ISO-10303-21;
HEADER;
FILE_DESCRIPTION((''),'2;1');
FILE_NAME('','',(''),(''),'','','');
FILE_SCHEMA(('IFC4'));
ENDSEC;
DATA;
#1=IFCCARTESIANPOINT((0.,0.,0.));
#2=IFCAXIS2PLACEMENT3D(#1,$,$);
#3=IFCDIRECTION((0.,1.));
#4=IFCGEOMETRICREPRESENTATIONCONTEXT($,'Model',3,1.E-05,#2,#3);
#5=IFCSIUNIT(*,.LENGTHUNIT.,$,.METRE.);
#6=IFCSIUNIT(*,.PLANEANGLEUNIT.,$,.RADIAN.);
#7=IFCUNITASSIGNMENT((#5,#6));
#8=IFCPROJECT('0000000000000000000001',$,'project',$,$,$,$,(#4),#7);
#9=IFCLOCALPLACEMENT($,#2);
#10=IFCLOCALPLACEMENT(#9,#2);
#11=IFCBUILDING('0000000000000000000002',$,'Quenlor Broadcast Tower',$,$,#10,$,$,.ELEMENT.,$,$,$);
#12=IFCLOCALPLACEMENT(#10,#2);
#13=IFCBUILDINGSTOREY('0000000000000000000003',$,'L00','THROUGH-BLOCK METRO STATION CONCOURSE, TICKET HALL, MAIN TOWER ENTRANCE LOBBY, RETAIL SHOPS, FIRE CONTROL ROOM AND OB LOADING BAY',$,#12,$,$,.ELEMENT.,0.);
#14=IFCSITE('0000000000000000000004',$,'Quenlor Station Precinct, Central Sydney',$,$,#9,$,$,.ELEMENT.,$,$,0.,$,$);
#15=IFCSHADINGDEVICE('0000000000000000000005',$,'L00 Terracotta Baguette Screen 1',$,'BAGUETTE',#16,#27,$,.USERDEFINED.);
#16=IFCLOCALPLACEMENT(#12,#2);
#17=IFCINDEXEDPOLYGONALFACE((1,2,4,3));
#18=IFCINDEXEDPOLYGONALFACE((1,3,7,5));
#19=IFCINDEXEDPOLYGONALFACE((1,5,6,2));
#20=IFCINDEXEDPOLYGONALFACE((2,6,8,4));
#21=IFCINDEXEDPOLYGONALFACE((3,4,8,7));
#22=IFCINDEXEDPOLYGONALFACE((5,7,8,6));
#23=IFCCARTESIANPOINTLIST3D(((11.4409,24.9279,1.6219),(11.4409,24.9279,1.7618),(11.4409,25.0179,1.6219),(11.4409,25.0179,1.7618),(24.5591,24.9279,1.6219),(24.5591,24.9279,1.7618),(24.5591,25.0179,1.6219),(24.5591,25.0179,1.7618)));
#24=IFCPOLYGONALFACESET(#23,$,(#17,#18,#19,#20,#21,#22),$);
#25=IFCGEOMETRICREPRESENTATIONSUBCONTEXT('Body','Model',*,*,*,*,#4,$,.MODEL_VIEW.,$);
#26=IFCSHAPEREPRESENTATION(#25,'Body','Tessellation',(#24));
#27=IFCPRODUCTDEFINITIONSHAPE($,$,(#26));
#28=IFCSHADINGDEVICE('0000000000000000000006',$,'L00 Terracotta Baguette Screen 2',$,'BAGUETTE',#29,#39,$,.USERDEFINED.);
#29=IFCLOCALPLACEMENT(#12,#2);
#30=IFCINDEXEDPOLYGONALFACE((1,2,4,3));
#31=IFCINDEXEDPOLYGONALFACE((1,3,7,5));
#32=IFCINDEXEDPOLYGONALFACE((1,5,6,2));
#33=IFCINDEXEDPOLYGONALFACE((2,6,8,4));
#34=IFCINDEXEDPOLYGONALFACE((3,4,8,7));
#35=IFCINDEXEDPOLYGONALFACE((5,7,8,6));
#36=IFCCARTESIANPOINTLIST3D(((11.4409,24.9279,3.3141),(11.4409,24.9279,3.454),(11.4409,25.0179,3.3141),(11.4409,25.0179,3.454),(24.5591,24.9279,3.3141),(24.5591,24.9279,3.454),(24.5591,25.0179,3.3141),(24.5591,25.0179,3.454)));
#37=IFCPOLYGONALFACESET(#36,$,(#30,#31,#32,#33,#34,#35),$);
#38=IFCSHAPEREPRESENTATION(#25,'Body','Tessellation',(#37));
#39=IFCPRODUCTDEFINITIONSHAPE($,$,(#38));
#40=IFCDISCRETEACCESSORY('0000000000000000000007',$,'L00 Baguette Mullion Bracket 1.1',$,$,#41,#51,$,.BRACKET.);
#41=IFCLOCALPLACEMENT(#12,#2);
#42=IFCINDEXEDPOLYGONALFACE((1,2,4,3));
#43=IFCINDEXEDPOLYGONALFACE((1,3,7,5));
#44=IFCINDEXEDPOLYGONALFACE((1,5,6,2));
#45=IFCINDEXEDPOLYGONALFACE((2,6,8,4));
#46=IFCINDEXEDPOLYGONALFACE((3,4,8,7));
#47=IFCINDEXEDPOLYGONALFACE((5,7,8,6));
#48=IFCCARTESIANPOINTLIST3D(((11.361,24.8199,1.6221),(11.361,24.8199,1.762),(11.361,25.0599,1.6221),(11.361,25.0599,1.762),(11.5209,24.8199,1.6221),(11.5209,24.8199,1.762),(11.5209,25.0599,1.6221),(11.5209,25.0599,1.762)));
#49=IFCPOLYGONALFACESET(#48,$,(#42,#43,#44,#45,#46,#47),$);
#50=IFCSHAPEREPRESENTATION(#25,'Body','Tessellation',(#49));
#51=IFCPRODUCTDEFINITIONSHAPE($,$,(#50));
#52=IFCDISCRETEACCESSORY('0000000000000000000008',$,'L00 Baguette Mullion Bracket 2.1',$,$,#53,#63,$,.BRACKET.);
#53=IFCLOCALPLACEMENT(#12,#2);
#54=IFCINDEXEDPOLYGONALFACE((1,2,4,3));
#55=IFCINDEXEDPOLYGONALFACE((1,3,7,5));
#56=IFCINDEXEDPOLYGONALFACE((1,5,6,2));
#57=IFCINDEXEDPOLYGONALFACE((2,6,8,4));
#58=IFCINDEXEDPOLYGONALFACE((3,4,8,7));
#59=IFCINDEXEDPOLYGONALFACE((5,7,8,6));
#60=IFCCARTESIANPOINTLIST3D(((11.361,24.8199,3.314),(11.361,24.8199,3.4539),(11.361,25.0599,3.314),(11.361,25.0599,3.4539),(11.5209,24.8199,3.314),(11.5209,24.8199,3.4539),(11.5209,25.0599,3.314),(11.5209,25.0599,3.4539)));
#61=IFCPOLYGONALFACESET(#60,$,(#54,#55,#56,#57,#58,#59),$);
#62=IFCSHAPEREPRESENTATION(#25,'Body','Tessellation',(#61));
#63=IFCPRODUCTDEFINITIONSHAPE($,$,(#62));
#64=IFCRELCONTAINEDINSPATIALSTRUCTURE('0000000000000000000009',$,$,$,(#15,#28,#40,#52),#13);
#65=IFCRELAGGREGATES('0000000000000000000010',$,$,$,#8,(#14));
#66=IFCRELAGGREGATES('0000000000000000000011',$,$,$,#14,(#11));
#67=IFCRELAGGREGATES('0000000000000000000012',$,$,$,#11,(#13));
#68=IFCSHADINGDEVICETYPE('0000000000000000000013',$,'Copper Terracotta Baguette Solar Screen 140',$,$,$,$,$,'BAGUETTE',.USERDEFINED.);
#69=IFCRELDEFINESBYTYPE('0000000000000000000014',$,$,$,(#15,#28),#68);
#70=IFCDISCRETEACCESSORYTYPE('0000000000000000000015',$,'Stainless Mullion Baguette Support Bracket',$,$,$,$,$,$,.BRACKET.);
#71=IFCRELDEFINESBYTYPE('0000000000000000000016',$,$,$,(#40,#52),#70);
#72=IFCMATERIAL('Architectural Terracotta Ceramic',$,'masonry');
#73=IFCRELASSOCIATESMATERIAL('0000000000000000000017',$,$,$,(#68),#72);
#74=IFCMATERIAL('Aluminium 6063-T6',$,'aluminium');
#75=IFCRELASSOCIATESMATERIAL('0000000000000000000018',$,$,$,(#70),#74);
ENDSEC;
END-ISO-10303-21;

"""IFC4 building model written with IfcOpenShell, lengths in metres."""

from ifc_helpers import new_model, si_unit, direction, frame, origin, origin_2d, place, context, subcontext, project, spatial, rectangle, extrude, material, material_profile, profile_set, type_object, element, save


model = new_model("IFC4")

# Units and contexts
model_context = context("Model", 3, precision=1e-05, world=origin(), true_north=direction((0.0, 1.0)))
body_context = subcontext(model_context, "Body", "Model", "MODEL_VIEW")
ifc_project = project(units=[si_unit("LENGTHUNIT", "METRE"), si_unit("PLANEANGLEUNIT", "RADIAN")], contexts=[model_context])

# Site, building, storey
site_placement = place(None, origin())
site = spatial("IfcSite", under=ifc_project, at=site_placement, Name="Quenlor Station Precinct, Central Sydney", CompositionType="ELEMENT", RefElevation=0.0)
building_placement = place(site_placement, origin())
building = spatial("IfcBuilding", under=site, at=building_placement, Name="Quenlor Broadcast Tower", CompositionType="ELEMENT")
storey_placement = place(building_placement, origin())
storey = spatial("IfcBuildingStorey", under=building, at=storey_placement, Name="L00", Description="THROUGH-BLOCK METRO STATION CONCOURSE, TICKET HALL, MAIN TOWER ENTRANCE LOBBY, RETAIL SHOPS, FIRE CONTROL ROOM AND OB LOADING BAY", CompositionType="ELEMENT", Elevation=0.0)

# Shading devices
ifc_material_1 = material(Name="Architectural Terracotta Ceramic", Category="masonry")
ifc_material_profile_1 = material_profile(ifc_material_1, rectangle(XDim=0.0901, YDim=0.1399, at=origin_2d()))
ifc_profile_set_1 = profile_set([ifc_material_profile_1], Name="Architectural Terracotta Ceramic BAG90x140")
shading_device_type = type_object("IfcShadingDeviceType", Name="Copper Terracotta Baguette Solar Screen 140", ElementType="BAGUETTE", PredefinedType="USERDEFINED", material=ifc_profile_set_1)
for number, where, z_axis, x_axis, name in (
    (1, (11.4409, 24.9729, 1.6919), (1.0, 0.0, 0.0), (0.0, 1.0, 0.0), "L00 Terracotta Baguette Screen 1"),
    (2, (11.4409, 24.9729, 3.384), (1.0, 0.0, 0.0), (0.0, 1.0, 0.0), "L00 Terracotta Baguette Screen 2"),
):
    element("IfcShadingDevice", number, at=place(storey_placement, frame(where, z_axis=z_axis, x_axis=x_axis)), inside=storey, type_object=shading_device_type, Name=name, ObjectType="BAGUETTE", PredefinedType="USERDEFINED", context=body_context, shape_type="SweptSolid", body=[
        extrude(rectangle(XDim=0.0901, YDim=0.1399, at=origin_2d()), origin(), (0.0, 0.0, 1.0), 13.1182),
    ])

# Discrete accessories
ifc_material_2 = material(Name="Aluminium 6063-T6", Category="aluminium")
discrete_accessory_type = type_object("IfcDiscreteAccessoryType", Name="Stainless Mullion Baguette Support Bracket", PredefinedType="BRACKET", material=ifc_material_2)
for number, where, z_axis, x_axis, name in (
    (3, (11.4409, 24.9399, 1.6221), (0.0, 0.0, 1.0), (1.0, 0.0, 0.0), "L00 Baguette Mullion Bracket 1.1"),
    (4, (11.4409, 24.9399, 3.314), (0.0, 0.0, 1.0), (1.0, 0.0, 0.0), "L00 Baguette Mullion Bracket 2.1"),
):
    element("IfcDiscreteAccessory", number, at=place(storey_placement, frame(where, z_axis=z_axis, x_axis=x_axis)), inside=storey, type_object=discrete_accessory_type, Name=name, PredefinedType="BRACKET", context=body_context, shape_type="SweptSolid", body=[
        extrude(rectangle(XDim=0.1599, YDim=0.24, at=origin_2d()), origin(), (0.0, 0.0, 1.0), 0.1399),
    ])

save(model, "model.ifc")
